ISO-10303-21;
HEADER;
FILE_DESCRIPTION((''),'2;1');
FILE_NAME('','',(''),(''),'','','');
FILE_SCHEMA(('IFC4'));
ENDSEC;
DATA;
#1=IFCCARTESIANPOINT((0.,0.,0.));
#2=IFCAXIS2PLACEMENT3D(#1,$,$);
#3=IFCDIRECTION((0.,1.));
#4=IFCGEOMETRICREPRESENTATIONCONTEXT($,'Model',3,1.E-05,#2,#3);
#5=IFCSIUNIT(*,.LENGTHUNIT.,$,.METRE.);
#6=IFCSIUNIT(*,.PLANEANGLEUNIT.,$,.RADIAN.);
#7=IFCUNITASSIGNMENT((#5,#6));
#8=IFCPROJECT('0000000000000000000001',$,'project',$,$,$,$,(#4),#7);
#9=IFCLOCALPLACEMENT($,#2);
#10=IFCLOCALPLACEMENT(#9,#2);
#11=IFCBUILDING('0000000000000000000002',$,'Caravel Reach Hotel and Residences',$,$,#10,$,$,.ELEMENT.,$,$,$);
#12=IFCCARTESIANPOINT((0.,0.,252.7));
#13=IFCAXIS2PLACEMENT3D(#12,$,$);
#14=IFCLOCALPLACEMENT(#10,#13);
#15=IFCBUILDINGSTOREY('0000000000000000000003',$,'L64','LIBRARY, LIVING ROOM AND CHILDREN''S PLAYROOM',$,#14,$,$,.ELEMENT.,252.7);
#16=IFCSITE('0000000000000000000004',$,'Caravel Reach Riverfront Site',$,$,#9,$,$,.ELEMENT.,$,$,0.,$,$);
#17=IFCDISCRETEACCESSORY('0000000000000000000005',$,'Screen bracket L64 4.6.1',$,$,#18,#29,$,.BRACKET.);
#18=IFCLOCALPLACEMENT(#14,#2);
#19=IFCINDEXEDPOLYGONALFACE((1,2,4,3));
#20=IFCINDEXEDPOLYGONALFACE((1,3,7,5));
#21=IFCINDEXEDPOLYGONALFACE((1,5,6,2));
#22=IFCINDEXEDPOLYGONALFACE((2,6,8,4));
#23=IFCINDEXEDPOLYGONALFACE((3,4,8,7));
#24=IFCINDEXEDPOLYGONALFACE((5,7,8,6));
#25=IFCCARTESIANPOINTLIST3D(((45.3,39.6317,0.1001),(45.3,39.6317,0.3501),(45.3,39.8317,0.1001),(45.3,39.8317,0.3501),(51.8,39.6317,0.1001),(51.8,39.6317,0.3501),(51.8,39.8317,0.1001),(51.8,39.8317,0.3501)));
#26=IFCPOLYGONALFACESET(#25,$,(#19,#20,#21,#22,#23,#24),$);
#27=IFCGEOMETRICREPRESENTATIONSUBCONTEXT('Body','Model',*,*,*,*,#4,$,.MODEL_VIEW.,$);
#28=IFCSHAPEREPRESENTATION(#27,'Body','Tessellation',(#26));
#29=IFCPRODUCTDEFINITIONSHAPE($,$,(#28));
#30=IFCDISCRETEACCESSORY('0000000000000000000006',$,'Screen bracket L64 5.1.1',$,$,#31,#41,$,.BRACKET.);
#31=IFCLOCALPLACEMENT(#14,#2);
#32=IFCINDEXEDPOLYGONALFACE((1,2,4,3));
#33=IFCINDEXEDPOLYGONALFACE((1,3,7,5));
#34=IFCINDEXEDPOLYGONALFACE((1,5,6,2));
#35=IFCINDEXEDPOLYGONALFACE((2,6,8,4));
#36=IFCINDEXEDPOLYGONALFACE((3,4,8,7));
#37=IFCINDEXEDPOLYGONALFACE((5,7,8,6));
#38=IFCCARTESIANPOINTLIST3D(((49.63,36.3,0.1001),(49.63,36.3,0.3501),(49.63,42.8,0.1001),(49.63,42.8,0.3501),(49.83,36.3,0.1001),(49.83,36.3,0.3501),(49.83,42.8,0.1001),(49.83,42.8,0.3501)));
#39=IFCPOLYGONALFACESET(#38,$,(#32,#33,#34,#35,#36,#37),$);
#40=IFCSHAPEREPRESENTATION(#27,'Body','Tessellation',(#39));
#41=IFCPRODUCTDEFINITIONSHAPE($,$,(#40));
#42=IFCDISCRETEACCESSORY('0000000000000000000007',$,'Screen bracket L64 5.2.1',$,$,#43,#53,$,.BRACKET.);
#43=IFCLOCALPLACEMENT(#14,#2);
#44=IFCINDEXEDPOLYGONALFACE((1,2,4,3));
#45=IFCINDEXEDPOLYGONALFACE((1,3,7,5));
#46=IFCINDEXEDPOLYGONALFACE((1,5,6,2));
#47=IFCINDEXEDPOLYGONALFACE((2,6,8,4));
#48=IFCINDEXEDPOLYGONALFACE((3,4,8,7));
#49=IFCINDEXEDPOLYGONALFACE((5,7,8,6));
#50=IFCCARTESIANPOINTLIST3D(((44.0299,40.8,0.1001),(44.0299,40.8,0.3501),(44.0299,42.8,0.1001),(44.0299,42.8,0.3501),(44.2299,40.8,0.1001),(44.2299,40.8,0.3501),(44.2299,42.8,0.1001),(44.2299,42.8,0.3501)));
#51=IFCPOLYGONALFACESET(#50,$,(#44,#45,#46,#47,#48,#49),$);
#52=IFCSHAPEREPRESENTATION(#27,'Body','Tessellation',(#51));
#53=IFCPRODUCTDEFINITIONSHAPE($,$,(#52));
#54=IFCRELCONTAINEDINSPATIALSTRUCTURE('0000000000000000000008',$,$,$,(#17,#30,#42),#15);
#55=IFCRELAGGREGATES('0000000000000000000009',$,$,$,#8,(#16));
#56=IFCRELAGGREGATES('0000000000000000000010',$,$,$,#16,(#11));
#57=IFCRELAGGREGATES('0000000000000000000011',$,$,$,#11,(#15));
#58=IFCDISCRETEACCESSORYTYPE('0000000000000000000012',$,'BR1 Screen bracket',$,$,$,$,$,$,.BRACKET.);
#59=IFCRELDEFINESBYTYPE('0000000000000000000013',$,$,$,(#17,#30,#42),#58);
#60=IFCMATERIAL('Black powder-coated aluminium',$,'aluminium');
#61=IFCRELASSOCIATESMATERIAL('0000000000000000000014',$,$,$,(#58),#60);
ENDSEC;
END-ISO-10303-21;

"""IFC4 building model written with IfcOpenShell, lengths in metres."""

from ifc_helpers import new_model, si_unit, direction, frame, origin, origin_2d, place, context, subcontext, project, spatial, rectangle, extrude, material, type_object, element, save


model = new_model("IFC4")

# Units and contexts
model_context = context("Model", 3, precision=1e-05, world=origin(), true_north=direction((0.0, 1.0)))
body_context = subcontext(model_context, "Body", "Model", "MODEL_VIEW")
ifc_project = project(units=[si_unit("LENGTHUNIT", "METRE"), si_unit("PLANEANGLEUNIT", "RADIAN")], contexts=[model_context])

# Site, building, storey
site_placement = place(None, origin())
site = spatial("IfcSite", under=ifc_project, at=site_placement, Name="Caravel Reach Riverfront Site", CompositionType="ELEMENT", RefElevation=0.0)
building_placement = place(site_placement, origin())
building = spatial("IfcBuilding", under=site, at=building_placement, Name="Caravel Reach Hotel and Residences", CompositionType="ELEMENT")
storey_placement = place(building_placement, frame((0.0, 0.0, 252.7)))
storey = spatial("IfcBuildingStorey", under=building, at=storey_placement, Name="L64", Description="LIBRARY, LIVING ROOM AND CHILDREN'S PLAYROOM", CompositionType="ELEMENT", Elevation=252.7)

# Discrete accessories
ifc_material_1 = material(Name="Black powder-coated aluminium", Category="aluminium")
discrete_accessory_type = type_object("IfcDiscreteAccessoryType", Name="BR1 Screen bracket", PredefinedType="BRACKET", material=ifc_material_1)
for number, where, z_axis, x_axis, name in (
    (1, (48.55, 39.7317, 0.1001), (0.0, 0.0, 1.0), (1.0, 0.0, 0.0), "Screen bracket L64 4.6.1"),
    (2, (49.73, 39.55, 0.1001), (0.0, 0.0, 1.0), (0.0, 1.0, 0.0), "Screen bracket L64 5.1.1"),
):
    element("IfcDiscreteAccessory", number, at=place(storey_placement, frame(where, z_axis=z_axis, x_axis=x_axis)), inside=storey, type_object=discrete_accessory_type, Name=name, PredefinedType="BRACKET", context=body_context, shape_type="SweptSolid", body=[
        extrude(rectangle(XDim=6.5, YDim=0.2, at=origin_2d()), origin(), (0.0, 0.0, 1.0), 0.25),
    ])
discrete_accessory_placement = place(storey_placement, frame((44.1299, 41.8, 0.1001), z_axis=(0.0, 0.0, 1.0), x_axis=(0.0, 1.0, 0.0)))
element("IfcDiscreteAccessory", 3, at=discrete_accessory_placement, inside=storey, type_object=discrete_accessory_type, Name="Screen bracket L64 5.2.1", PredefinedType="BRACKET", context=body_context, shape_type="SweptSolid", body=[
    extrude(rectangle(XDim=2.0, YDim=0.2, at=origin_2d()), origin(), (0.0, 0.0, 1.0), 0.25),
])

save(model, "model.ifc")
